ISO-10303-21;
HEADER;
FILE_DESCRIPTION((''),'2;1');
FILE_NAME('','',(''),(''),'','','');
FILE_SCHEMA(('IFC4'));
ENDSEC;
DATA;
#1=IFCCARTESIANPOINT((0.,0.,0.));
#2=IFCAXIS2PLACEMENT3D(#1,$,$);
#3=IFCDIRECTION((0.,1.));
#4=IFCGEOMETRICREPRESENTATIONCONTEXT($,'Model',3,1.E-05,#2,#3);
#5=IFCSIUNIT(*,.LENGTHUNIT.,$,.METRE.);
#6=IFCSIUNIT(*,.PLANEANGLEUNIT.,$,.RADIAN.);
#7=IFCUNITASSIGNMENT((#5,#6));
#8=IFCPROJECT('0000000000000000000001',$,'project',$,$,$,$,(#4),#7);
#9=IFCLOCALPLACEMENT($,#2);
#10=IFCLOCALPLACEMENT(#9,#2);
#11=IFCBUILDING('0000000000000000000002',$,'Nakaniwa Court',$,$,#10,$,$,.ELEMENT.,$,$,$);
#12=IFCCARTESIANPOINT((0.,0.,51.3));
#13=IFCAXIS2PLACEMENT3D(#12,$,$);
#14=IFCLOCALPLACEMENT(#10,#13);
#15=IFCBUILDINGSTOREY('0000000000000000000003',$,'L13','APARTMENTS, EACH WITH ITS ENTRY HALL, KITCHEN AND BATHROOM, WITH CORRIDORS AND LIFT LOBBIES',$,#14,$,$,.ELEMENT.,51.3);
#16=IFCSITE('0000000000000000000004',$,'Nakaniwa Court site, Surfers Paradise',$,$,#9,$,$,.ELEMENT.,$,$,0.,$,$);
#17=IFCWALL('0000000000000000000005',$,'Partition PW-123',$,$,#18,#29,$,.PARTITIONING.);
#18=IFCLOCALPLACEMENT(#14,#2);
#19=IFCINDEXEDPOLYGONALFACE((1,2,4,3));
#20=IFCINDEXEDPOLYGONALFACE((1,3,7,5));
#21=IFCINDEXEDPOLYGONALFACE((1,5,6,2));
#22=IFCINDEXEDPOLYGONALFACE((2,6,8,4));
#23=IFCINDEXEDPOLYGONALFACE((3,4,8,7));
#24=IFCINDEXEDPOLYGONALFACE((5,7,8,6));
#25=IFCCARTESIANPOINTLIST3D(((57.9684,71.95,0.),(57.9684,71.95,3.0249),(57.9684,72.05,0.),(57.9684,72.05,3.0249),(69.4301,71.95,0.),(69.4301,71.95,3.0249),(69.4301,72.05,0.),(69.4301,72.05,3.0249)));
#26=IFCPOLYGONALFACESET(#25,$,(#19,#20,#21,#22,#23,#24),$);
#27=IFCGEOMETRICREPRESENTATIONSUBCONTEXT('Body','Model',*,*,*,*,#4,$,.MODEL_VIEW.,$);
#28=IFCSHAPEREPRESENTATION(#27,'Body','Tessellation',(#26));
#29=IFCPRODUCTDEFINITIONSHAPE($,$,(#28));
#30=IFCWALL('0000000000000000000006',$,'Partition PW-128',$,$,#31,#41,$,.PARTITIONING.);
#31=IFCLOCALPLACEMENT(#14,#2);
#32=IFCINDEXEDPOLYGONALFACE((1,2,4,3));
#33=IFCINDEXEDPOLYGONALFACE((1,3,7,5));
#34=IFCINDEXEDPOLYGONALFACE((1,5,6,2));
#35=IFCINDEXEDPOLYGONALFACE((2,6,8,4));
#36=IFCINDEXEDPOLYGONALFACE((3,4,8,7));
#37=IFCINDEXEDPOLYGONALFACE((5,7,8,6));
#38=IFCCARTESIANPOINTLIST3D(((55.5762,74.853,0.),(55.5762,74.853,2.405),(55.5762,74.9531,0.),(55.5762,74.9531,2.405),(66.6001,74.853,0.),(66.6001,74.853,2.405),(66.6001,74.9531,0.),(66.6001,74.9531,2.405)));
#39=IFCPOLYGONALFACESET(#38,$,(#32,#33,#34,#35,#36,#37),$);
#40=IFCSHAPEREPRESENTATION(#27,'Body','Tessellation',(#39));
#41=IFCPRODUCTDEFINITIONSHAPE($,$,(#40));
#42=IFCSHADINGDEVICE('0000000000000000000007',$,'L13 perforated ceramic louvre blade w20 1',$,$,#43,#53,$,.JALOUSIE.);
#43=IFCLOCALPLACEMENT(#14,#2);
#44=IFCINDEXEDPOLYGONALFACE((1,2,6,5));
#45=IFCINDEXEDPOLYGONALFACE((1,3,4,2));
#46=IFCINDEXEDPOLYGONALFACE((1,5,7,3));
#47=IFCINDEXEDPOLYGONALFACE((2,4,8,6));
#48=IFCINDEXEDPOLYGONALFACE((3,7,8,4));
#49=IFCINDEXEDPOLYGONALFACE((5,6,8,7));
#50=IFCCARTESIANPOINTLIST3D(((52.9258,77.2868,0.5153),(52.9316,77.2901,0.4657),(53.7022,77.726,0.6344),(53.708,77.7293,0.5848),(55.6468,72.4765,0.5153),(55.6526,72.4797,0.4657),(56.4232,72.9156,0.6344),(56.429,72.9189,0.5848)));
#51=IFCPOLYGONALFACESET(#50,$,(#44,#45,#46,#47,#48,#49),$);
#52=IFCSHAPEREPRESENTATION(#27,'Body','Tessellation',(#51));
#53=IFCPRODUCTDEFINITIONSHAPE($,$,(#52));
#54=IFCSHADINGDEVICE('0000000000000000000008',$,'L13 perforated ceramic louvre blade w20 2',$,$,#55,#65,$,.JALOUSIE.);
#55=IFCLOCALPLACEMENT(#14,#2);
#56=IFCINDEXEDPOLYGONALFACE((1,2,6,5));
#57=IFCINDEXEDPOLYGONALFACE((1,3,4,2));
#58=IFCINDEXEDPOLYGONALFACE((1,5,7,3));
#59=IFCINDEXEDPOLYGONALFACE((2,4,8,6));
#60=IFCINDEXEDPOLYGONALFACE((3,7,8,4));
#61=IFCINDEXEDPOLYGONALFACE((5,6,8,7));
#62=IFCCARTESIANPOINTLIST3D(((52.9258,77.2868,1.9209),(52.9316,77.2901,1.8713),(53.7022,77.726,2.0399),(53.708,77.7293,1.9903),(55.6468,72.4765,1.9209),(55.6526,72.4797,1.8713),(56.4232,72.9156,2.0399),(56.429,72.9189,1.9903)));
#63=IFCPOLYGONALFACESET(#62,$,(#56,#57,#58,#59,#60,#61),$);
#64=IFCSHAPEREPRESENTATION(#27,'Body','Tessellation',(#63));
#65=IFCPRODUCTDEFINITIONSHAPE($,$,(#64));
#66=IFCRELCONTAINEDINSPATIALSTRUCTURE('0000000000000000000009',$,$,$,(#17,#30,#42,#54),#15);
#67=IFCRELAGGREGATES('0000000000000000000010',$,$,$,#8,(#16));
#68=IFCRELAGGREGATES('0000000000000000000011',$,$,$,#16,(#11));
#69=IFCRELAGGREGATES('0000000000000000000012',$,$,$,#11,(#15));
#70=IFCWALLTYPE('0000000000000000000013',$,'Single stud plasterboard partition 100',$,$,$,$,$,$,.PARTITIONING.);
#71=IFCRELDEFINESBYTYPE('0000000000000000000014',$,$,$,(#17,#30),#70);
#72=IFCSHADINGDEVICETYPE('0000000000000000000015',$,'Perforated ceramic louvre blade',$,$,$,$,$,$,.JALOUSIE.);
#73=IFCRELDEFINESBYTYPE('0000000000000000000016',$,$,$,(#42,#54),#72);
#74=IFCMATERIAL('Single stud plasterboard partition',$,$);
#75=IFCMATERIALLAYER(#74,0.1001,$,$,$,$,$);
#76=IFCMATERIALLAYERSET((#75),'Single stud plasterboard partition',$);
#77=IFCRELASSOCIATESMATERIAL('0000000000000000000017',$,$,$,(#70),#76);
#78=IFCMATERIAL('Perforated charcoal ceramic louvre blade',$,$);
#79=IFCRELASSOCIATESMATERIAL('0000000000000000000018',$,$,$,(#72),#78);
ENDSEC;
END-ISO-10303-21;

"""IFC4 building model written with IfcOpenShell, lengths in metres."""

from ifc_helpers import new_model, si_unit, direction, frame, frame_2d, origin, origin_2d, place, context, subcontext, project, spatial, rectangle, extrude, material, layer, layer_set, material_profile, profile_set, type_object, element, save


model = new_model("IFC4")

# Units and contexts
model_context = context("Model", 3, precision=1e-05, world=origin(), true_north=direction((0.0, 1.0)))
body_context = subcontext(model_context, "Body", "Model", "MODEL_VIEW")
ifc_project = project(units=[si_unit("LENGTHUNIT", "METRE"), si_unit("PLANEANGLEUNIT", "RADIAN")], contexts=[model_context])

# Site, building, storey
site_placement = place(None, origin())
site = spatial("IfcSite", under=ifc_project, at=site_placement, Name="Nakaniwa Court site, Surfers Paradise", CompositionType="ELEMENT", RefElevation=0.0)
building_placement = place(site_placement, origin())
building = spatial("IfcBuilding", under=site, at=building_placement, Name="Nakaniwa Court", CompositionType="ELEMENT")
storey_placement = place(building_placement, frame((0.0, 0.0, 51.3)))
storey = spatial("IfcBuildingStorey", under=building, at=storey_placement, Name="L13", Description="APARTMENTS, EACH WITH ITS ENTRY HALL, KITCHEN AND BATHROOM, WITH CORRIDORS AND LIFT LOBBIES", CompositionType="ELEMENT", Elevation=51.3)

# Walls
ifc_material_1 = material(Name="Single stud plasterboard partition")
ifc_layer_1 = layer(ifc_material_1, 0.1001)
ifc_layer_set_1 = layer_set([ifc_layer_1], Name="Single stud plasterboard partition")
wall_type_1 = type_object("IfcWallType", Name="Single stud plasterboard partition 100", PredefinedType="PARTITIONING", material=ifc_layer_set_1)
wall_1_placement = place(storey_placement, frame((57.9683, 72.0, 0.0), z_axis=(0.0, 0.0, 1.0), x_axis=(1.0, 0.0, 0.0)))
element("IfcWall", 1, at=wall_1_placement, inside=storey, type_object=wall_type_1, Name="Partition PW-123", PredefinedType="PARTITIONING", context=body_context, shape_type="SweptSolid", body=[
    extrude(rectangle(XDim=11.4617, YDim=0.1001, at=frame_2d((5.731, 0.0))), origin(), (0.0, 0.0, 1.0), 3.0249),
])
wall_2_placement = place(storey_placement, frame((55.5762, 74.9031, 0.0), z_axis=(0.0, 0.0, 1.0), x_axis=(1.0, 0.0, 0.0)))
element("IfcWall", 2, at=wall_2_placement, inside=storey, type_object=wall_type_1, Name="Partition PW-128", PredefinedType="PARTITIONING", context=body_context, shape_type="SweptSolid", body=[
    extrude(rectangle(XDim=11.0239, YDim=0.1001, at=frame_2d((5.512, 0.0))), origin(), (0.0, 0.0, 1.0), 2.405),
])

# Shading devices
ifc_material_2 = material(Name="Perforated charcoal ceramic louvre blade")
ifc_material_profile_1 = material_profile(ifc_material_2, rectangle(XDim=0.8999, YDim=0.05, at=origin_2d()), Name="Perforated ceramic louvre blade")
ifc_profile_set_1 = profile_set([ifc_material_profile_1], Name="Perforated charcoal ceramic louvre blade")
shading_device_type = type_object("IfcShadingDeviceType", Name="Perforated ceramic louvre blade", PredefinedType="JALOUSIE", material=ifc_profile_set_1)
for number, where, z_axis, x_axis, name in (
    (3, (53.3169, 77.5081, 0.55), (0.492343, -0.870402, 0.0), (0.862756, 0.488018, 0.132256), "L13 perforated ceramic louvre blade w20 1"),
    (4, (53.3169, 77.5081, 1.9556), (0.492343, -0.870402, 0.0), (0.862756, 0.488018, 0.132256), "L13 perforated ceramic louvre blade w20 2"),
):
    element("IfcShadingDevice", number, at=place(storey_placement, frame(where, z_axis=z_axis, x_axis=x_axis)), inside=storey, type_object=shading_device_type, Name=name, PredefinedType="JALOUSIE", context=body_context, shape_type="SweptSolid", body=[
        extrude(rectangle(XDim=0.8999, YDim=0.05, at=origin_2d()), origin(), (0.0, 0.0, 1.0), 5.5266),
    ])

save(model, "model.ifc")
